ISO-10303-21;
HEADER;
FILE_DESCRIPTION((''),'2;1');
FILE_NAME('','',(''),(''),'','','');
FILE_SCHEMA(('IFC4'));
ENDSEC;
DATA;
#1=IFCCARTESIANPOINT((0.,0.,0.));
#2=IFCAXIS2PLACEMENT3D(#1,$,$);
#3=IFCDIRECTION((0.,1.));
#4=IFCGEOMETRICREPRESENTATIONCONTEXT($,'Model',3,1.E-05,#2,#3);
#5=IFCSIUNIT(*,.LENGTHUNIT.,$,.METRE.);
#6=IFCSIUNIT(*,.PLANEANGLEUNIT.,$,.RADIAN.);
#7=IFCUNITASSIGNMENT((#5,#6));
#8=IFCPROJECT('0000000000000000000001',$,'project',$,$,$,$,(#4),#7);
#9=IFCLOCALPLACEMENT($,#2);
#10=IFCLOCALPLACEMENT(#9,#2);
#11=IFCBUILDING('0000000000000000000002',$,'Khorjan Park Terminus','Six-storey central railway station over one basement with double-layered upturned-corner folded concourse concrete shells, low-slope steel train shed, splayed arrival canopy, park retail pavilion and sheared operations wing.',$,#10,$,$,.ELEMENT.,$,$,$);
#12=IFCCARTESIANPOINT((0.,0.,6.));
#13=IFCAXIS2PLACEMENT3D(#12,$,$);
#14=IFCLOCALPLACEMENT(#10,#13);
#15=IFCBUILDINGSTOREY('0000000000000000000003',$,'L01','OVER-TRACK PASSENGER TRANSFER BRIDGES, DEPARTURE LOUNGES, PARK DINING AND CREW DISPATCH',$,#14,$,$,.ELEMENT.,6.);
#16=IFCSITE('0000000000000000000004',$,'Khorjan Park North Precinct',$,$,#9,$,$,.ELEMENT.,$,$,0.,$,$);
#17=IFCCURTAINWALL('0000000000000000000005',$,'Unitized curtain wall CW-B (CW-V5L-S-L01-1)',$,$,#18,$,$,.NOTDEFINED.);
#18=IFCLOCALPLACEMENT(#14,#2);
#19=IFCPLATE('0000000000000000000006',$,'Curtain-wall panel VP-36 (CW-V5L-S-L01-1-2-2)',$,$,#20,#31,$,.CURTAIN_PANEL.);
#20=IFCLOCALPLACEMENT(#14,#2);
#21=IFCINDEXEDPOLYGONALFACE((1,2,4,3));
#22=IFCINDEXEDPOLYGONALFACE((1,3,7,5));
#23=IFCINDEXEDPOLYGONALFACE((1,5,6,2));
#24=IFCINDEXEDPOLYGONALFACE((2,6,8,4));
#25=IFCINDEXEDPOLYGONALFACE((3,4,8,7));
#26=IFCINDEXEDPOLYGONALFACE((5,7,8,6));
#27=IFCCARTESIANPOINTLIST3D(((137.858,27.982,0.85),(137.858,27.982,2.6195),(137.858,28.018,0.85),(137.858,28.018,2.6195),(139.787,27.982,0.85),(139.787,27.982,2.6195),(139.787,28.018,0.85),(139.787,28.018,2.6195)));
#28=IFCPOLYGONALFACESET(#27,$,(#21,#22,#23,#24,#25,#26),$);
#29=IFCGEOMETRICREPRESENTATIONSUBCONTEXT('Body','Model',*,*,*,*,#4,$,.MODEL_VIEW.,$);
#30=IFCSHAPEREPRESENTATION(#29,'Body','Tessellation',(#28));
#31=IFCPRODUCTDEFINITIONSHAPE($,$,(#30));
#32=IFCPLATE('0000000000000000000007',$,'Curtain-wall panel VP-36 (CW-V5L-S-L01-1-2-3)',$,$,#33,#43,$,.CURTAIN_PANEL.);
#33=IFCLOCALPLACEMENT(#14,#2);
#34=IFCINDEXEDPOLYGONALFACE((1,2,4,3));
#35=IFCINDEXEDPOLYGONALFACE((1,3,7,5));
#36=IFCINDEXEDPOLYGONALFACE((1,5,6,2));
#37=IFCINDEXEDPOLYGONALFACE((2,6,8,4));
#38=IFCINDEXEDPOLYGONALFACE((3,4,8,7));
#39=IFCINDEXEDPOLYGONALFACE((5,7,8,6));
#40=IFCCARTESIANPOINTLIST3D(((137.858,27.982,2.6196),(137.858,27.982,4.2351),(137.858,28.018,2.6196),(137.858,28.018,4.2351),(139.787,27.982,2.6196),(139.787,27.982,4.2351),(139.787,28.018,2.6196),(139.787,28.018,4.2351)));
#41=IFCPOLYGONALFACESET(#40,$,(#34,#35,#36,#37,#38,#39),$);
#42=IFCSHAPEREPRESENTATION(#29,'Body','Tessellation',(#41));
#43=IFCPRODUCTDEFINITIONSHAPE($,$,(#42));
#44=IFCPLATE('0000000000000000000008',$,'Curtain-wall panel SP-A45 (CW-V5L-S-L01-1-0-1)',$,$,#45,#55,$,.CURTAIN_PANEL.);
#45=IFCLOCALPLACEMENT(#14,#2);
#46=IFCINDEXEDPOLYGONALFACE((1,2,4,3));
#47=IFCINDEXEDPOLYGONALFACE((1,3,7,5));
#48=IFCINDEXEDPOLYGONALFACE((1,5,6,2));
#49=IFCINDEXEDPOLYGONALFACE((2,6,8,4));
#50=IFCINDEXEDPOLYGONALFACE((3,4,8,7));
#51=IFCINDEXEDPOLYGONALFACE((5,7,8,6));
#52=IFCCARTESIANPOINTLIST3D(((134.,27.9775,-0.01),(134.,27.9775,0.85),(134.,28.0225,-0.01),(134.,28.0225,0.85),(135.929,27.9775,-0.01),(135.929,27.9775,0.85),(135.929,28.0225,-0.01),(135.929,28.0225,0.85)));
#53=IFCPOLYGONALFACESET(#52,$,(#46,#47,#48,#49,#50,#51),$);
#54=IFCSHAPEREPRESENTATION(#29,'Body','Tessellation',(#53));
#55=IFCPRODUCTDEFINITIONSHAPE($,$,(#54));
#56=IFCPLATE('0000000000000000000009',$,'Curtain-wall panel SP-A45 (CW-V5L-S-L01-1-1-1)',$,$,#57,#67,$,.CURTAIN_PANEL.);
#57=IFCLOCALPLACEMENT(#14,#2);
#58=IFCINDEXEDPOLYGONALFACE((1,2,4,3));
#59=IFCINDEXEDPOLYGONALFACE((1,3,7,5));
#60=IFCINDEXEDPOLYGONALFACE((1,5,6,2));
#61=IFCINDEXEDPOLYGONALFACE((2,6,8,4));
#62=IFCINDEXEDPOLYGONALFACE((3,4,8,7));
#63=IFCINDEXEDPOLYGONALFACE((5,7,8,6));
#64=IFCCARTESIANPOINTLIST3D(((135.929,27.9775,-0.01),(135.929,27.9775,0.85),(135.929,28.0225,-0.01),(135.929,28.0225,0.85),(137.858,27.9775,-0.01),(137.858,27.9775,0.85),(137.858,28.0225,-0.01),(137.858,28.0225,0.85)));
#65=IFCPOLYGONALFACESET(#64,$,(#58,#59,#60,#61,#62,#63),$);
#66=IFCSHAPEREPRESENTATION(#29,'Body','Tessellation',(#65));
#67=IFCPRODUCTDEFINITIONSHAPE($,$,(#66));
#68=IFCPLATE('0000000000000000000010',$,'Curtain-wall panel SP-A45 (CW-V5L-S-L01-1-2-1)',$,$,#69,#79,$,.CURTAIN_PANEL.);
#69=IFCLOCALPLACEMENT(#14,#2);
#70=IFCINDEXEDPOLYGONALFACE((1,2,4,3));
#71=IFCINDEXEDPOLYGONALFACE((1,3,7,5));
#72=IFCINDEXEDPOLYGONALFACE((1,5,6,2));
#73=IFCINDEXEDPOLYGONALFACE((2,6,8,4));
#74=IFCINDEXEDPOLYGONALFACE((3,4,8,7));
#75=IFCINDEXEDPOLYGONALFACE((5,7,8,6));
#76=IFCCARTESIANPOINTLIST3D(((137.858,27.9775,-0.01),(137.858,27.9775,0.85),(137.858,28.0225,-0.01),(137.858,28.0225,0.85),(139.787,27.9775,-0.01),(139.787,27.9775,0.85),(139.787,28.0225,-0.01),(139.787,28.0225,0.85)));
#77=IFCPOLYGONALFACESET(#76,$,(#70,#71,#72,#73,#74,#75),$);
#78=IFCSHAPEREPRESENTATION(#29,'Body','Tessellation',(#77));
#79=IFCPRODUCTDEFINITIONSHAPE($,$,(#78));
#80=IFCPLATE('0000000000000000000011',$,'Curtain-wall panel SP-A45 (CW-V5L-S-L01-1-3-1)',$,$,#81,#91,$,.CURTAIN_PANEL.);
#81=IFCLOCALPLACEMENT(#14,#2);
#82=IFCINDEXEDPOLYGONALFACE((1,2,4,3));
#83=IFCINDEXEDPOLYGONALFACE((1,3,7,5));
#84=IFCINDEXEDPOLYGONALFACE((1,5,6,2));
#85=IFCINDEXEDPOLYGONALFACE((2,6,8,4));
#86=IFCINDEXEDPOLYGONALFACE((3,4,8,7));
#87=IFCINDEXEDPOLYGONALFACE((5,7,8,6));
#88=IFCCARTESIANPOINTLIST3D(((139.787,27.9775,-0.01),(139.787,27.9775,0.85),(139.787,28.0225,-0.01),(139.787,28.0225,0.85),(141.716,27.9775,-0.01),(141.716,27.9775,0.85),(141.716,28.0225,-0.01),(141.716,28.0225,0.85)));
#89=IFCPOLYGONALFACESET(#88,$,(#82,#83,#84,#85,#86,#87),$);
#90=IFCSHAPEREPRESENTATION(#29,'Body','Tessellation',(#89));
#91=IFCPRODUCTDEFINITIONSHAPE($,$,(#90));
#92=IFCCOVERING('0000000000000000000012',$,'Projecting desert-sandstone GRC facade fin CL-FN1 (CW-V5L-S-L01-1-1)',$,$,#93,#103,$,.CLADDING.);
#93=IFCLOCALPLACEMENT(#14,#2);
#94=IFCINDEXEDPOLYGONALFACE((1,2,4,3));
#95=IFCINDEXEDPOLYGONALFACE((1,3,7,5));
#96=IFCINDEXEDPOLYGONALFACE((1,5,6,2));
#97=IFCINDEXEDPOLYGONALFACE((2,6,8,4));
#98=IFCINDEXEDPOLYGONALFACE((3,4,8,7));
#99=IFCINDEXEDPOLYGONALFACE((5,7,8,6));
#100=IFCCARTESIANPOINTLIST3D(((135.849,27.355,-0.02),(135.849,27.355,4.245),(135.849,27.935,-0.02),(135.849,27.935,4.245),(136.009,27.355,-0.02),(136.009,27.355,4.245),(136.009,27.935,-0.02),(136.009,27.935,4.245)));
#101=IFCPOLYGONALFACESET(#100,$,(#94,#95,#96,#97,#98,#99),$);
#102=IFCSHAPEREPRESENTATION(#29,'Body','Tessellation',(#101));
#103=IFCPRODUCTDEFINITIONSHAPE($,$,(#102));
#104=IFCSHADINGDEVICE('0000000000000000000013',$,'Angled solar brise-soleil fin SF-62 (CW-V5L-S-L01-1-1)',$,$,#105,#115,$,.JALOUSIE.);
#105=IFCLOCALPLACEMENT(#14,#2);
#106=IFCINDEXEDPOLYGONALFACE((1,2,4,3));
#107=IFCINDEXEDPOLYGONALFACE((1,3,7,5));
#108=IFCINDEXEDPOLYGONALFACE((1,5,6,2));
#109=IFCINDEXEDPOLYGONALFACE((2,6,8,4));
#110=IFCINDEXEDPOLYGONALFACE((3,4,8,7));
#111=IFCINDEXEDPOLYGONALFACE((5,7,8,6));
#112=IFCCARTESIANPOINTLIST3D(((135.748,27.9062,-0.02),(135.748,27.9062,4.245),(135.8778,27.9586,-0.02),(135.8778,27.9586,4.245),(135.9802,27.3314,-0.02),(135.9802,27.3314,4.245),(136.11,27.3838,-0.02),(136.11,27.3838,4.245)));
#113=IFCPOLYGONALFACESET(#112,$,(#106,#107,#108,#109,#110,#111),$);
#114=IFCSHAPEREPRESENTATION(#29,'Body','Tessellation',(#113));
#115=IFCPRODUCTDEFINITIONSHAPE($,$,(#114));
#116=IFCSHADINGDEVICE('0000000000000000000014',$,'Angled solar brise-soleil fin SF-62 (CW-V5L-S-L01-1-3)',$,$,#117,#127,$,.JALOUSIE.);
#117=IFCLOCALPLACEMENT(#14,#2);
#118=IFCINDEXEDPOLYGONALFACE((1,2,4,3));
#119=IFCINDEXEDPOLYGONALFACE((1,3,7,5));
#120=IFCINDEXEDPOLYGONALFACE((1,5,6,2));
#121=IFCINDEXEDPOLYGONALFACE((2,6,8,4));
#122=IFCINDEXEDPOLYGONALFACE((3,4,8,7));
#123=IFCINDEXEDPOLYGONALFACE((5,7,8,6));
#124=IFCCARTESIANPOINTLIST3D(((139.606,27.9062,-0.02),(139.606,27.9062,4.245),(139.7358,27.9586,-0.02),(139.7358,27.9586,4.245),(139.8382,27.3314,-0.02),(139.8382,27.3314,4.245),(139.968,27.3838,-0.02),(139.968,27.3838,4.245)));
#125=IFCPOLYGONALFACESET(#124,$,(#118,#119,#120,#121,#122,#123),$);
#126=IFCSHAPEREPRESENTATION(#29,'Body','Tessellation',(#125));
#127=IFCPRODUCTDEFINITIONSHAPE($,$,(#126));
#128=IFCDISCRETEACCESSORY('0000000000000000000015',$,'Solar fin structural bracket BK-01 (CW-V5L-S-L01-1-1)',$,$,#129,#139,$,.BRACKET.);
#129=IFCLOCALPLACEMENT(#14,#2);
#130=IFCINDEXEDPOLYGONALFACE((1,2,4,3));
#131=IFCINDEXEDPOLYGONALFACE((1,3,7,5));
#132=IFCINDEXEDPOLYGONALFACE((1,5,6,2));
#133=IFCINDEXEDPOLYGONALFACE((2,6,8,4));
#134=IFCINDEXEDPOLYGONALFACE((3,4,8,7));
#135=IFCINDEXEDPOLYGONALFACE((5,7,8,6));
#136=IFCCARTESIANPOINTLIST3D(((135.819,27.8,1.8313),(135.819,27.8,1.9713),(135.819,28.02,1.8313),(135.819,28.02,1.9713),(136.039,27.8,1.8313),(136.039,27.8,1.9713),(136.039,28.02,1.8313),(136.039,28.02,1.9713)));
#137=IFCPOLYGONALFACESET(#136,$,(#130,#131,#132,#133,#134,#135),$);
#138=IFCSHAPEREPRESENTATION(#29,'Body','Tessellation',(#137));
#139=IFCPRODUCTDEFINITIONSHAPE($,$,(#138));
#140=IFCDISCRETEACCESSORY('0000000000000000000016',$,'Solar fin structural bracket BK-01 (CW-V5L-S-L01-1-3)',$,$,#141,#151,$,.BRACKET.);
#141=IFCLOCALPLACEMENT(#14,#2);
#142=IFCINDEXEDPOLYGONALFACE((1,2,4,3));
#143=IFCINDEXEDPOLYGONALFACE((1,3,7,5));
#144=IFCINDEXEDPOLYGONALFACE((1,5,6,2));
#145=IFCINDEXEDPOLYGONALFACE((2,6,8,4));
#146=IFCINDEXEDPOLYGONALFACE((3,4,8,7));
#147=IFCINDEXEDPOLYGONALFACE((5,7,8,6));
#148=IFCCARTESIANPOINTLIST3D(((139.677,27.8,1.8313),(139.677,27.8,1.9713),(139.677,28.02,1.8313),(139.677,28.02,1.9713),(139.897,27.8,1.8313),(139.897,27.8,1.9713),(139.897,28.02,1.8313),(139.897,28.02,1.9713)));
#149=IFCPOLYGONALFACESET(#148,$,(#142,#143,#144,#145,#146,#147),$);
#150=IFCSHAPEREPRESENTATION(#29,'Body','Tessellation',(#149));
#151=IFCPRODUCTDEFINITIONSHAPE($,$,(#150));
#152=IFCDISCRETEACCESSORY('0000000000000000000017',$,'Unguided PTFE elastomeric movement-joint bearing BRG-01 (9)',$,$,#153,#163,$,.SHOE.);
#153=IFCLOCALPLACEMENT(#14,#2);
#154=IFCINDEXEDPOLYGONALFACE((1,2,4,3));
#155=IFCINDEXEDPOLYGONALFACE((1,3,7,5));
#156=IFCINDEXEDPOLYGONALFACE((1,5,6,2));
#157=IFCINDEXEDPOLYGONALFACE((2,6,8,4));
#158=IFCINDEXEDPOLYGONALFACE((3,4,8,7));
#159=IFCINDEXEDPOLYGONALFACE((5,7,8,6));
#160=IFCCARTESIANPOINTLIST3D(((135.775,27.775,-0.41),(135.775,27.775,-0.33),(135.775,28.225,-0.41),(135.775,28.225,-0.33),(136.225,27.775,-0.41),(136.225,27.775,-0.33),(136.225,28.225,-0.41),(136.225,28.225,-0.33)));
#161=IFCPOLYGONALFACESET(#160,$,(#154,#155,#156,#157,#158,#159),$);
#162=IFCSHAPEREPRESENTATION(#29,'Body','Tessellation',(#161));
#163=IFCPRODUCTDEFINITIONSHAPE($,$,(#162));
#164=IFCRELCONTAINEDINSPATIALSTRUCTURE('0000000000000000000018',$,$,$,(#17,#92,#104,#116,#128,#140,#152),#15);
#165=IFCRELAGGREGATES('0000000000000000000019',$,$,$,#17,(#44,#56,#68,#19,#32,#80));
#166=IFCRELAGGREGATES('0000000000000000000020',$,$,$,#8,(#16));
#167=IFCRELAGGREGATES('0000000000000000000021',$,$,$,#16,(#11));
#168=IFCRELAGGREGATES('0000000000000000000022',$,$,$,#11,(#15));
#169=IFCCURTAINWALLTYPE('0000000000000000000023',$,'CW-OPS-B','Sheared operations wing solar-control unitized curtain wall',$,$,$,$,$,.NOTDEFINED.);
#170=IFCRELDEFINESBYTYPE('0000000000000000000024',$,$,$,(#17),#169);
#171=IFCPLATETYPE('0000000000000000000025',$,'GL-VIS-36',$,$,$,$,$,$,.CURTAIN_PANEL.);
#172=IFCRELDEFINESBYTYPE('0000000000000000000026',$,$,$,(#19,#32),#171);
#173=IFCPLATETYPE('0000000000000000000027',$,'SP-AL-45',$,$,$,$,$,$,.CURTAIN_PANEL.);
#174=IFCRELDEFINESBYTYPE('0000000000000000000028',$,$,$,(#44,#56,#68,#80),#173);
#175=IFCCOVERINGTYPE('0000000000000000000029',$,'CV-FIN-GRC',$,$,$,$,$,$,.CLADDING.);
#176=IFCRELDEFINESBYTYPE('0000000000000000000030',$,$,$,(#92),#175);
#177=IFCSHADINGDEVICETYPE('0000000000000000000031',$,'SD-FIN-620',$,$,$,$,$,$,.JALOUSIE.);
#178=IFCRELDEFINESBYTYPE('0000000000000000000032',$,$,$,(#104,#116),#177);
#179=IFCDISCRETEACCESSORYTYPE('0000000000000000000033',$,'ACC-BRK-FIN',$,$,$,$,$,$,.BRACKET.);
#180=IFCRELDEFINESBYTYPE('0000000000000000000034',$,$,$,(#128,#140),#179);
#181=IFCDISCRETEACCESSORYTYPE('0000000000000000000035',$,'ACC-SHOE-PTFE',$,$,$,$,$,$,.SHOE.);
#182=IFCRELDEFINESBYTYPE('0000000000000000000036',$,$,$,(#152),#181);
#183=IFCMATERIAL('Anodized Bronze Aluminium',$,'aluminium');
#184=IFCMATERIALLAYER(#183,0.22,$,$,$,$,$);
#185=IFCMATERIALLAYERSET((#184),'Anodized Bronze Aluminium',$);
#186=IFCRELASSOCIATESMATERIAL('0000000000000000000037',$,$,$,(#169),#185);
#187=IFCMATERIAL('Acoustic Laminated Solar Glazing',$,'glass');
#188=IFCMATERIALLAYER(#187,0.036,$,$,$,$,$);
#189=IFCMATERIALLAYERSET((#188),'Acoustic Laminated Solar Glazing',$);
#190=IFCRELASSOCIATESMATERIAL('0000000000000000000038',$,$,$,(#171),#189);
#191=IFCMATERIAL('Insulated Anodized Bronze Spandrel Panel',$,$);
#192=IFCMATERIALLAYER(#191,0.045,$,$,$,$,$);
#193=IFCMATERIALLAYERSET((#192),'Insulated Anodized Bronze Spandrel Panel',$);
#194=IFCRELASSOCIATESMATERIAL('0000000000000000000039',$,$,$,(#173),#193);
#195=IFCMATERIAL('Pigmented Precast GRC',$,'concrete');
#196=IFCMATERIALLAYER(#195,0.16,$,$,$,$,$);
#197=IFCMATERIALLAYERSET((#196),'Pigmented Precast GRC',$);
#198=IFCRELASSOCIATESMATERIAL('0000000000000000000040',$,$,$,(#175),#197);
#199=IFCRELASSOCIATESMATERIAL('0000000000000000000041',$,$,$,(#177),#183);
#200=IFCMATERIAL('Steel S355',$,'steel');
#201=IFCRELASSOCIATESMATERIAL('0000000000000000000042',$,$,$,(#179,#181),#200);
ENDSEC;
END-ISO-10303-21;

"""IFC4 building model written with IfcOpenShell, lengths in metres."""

from ifc_helpers import new_model, si_unit, direction, frame, origin, origin_2d, place, context, subcontext, project, spatial, rectangle, extrude, material, layer, layer_set, type_object, element, aggregate, save


model = new_model("IFC4")

# Units and contexts
model_context = context("Model", 3, precision=1e-05, world=origin(), true_north=direction((0.0, 1.0)))
body_context = subcontext(model_context, "Body", "Model", "MODEL_VIEW")
ifc_project = project(units=[si_unit("LENGTHUNIT", "METRE"), si_unit("PLANEANGLEUNIT", "RADIAN")], contexts=[model_context])

# Site, building, storey
site_placement = place(None, origin())
site = spatial("IfcSite", under=ifc_project, at=site_placement, Name="Khorjan Park North Precinct", CompositionType="ELEMENT", RefElevation=0.0)
building_placement = place(site_placement, origin())
building = spatial("IfcBuilding", under=site, at=building_placement, Name="Khorjan Park Terminus", Description="Six-storey central railway station over one basement with double-layered upturned-corner folded concourse concrete shells, low-slope steel train shed, splayed arrival canopy, park retail pavilion and sheared operations wing.", CompositionType="ELEMENT")
storey_placement = place(building_placement, frame((0.0, 0.0, 6.0)))
storey = spatial("IfcBuildingStorey", under=building, at=storey_placement, Name="L01", Description="OVER-TRACK PASSENGER TRANSFER BRIDGES, DEPARTURE LOUNGES, PARK DINING AND CREW DISPATCH", CompositionType="ELEMENT", Elevation=6.0)

# Curtain wall
ifc_material_1 = material(Name="Anodized Bronze Aluminium", Category="aluminium")
ifc_layer_1 = layer(ifc_material_1, 0.22)
ifc_layer_set_1 = layer_set([ifc_layer_1], Name="Anodized Bronze Aluminium")
curtain_wall_type = type_object("IfcCurtainWallType", Name="CW-OPS-B", Description="Sheared operations wing solar-control unitized curtain wall", PredefinedType="NOTDEFINED", material=ifc_layer_set_1)
curtain_wall_placement = place(storey_placement, origin())
curtain_wall = element("IfcCurtainWall", 1, at=curtain_wall_placement, inside=storey, type_object=curtain_wall_type, Name="Unitized curtain wall CW-B (CW-V5L-S-L01-1)", PredefinedType="NOTDEFINED")

# Plates
ifc_material_2 = material(Name="Acoustic Laminated Solar Glazing", Category="glass")
ifc_layer_2 = layer(ifc_material_2, 0.036)
ifc_layer_set_2 = layer_set([ifc_layer_2], Name="Acoustic Laminated Solar Glazing")
plate_type_1 = type_object("IfcPlateType", Name="GL-VIS-36", PredefinedType="CURTAIN_PANEL", material=ifc_layer_set_2)
plate_1_placement = place(storey_placement, frame((138.8225, 28.0, 0.85), z_axis=(0.0, 0.0, 1.0), x_axis=(1.0, 0.0, 0.0)))
plate_1 = element("IfcPlate", 2, at=plate_1_placement, type_object=plate_type_1, Name="Curtain-wall panel VP-36 (CW-V5L-S-L01-1-2-2)", PredefinedType="CURTAIN_PANEL", context=body_context, shape_type="SweptSolid", body=[
    extrude(rectangle(XDim=1.929, YDim=0.036, at=origin_2d()), origin(), (0.0, 0.0, 1.0), 1.7695),
])
plate_2_placement = place(storey_placement, frame((138.8225, 28.0, 2.6196), z_axis=(0.0, 0.0, 1.0), x_axis=(1.0, 0.0, 0.0)))
plate_2 = element("IfcPlate", 3, at=plate_2_placement, type_object=plate_type_1, Name="Curtain-wall panel VP-36 (CW-V5L-S-L01-1-2-3)", PredefinedType="CURTAIN_PANEL", context=body_context, shape_type="SweptSolid", body=[
    extrude(rectangle(XDim=1.929, YDim=0.036, at=origin_2d()), origin(), (0.0, 0.0, 1.0), 1.6155),
])
ifc_material_3 = material(Name="Insulated Anodized Bronze Spandrel Panel")
ifc_layer_3 = layer(ifc_material_3, 0.045)
ifc_layer_set_3 = layer_set([ifc_layer_3], Name="Insulated Anodized Bronze Spandrel Panel")
plate_type_2 = type_object("IfcPlateType", Name="SP-AL-45", PredefinedType="CURTAIN_PANEL", material=ifc_layer_set_3)
plate_3_placement = place(storey_placement, frame((134.9645, 28.0, -0.01), z_axis=(0.0, 0.0, 1.0), x_axis=(1.0, 0.0, 0.0)))
plate_3 = element("IfcPlate", 4, at=plate_3_placement, type_object=plate_type_2, Name="Curtain-wall panel SP-A45 (CW-V5L-S-L01-1-0-1)", PredefinedType="CURTAIN_PANEL", context=body_context, shape_type="SweptSolid", body=[
    extrude(rectangle(XDim=1.929, YDim=0.045, at=origin_2d()), origin(), (0.0, 0.0, 1.0), 0.86),
])
plate_4_placement = place(storey_placement, frame((136.8935, 28.0, -0.01), z_axis=(0.0, 0.0, 1.0), x_axis=(1.0, 0.0, 0.0)))
plate_4 = element("IfcPlate", 5, at=plate_4_placement, type_object=plate_type_2, Name="Curtain-wall panel SP-A45 (CW-V5L-S-L01-1-1-1)", PredefinedType="CURTAIN_PANEL", context=body_context, shape_type="SweptSolid", body=[
    extrude(rectangle(XDim=1.929, YDim=0.045, at=origin_2d()), origin(), (0.0, 0.0, 1.0), 0.86),
])
plate_5_placement = place(storey_placement, frame((138.8225, 28.0, -0.01), z_axis=(0.0, 0.0, 1.0), x_axis=(1.0, 0.0, 0.0)))
plate_5 = element("IfcPlate", 6, at=plate_5_placement, type_object=plate_type_2, Name="Curtain-wall panel SP-A45 (CW-V5L-S-L01-1-2-1)", PredefinedType="CURTAIN_PANEL", context=body_context, shape_type="SweptSolid", body=[
    extrude(rectangle(XDim=1.929, YDim=0.045, at=origin_2d()), origin(), (0.0, 0.0, 1.0), 0.86),
])
plate_6_placement = place(storey_placement, frame((140.7515, 28.0, -0.01), z_axis=(0.0, 0.0, 1.0), x_axis=(1.0, 0.0, 0.0)))
plate_6 = element("IfcPlate", 7, at=plate_6_placement, type_object=plate_type_2, Name="Curtain-wall panel SP-A45 (CW-V5L-S-L01-1-3-1)", PredefinedType="CURTAIN_PANEL", context=body_context, shape_type="SweptSolid", body=[
    extrude(rectangle(XDim=1.929, YDim=0.045, at=origin_2d()), origin(), (0.0, 0.0, 1.0), 0.86),
])
aggregate(curtain_wall, [plate_3, plate_4, plate_5, plate_1, plate_2, plate_6])

# Covering
ifc_material_4 = material(Name="Pigmented Precast GRC", Category="concrete")
ifc_layer_4 = layer(ifc_material_4, 0.16)
ifc_layer_set_4 = layer_set([ifc_layer_4], Name="Pigmented Precast GRC")
covering_type = type_object("IfcCoveringType", Name="CV-FIN-GRC", PredefinedType="CLADDING", material=ifc_layer_set_4)
covering_placement = place(storey_placement, frame((135.929, 27.645, -0.02), z_axis=(0.0, 0.0, 1.0), x_axis=(0.0, 1.0, 0.0)))
element("IfcCovering", 8, at=covering_placement, inside=storey, type_object=covering_type, Name="Projecting desert-sandstone GRC facade fin CL-FN1 (CW-V5L-S-L01-1-1)", PredefinedType="CLADDING", context=body_context, shape_type="SweptSolid", body=[
    extrude(rectangle(XDim=0.58, YDim=0.16, at=origin_2d()), origin(), (0.0, 0.0, 1.0), 4.265),
])

# Shading devices
shading_device_type = type_object("IfcShadingDeviceType", Name="SD-FIN-620", PredefinedType="JALOUSIE", material=ifc_material_1)
for number, where, z_axis, x_axis, name in (
    (9, (135.929, 27.645, -0.02), (0.0, 0.0, 1.0), (-0.374607, 0.927184, 0.0), "Angled solar brise-soleil fin SF-62 (CW-V5L-S-L01-1-1)"),
    (10, (139.787, 27.645, -0.02), (0.0, 0.0, 1.0), (-0.374607, 0.927184, 0.0), "Angled solar brise-soleil fin SF-62 (CW-V5L-S-L01-1-3)"),
):
    element("IfcShadingDevice", number, at=place(storey_placement, frame(where, z_axis=z_axis, x_axis=x_axis)), inside=storey, type_object=shading_device_type, Name=name, PredefinedType="JALOUSIE", context=body_context, shape_type="SweptSolid", body=[
        extrude(rectangle(XDim=0.62, YDim=0.14, at=origin_2d()), origin(), (0.0, 0.0, 1.0), 4.265),
    ])

# Discrete accessories
ifc_material_5 = material(Name="Steel S355", Category="steel")
discrete_accessory_type_1 = type_object("IfcDiscreteAccessoryType", Name="ACC-BRK-FIN", PredefinedType="BRACKET", material=ifc_material_5)
for number, where, z_axis, x_axis, name in (
    (11, (135.929, 27.91, 1.8313), (0.0, 0.0, 1.0), (1.0, 0.0, 0.0), "Solar fin structural bracket BK-01 (CW-V5L-S-L01-1-1)"),
    (12, (139.787, 27.91, 1.8313), (0.0, 0.0, 1.0), (1.0, 0.0, 0.0), "Solar fin structural bracket BK-01 (CW-V5L-S-L01-1-3)"),
):
    element("IfcDiscreteAccessory", number, at=place(storey_placement, frame(where, z_axis=z_axis, x_axis=x_axis)), inside=storey, type_object=discrete_accessory_type_1, Name=name, PredefinedType="BRACKET", context=body_context, shape_type="SweptSolid", body=[
        extrude(rectangle(XDim=0.22, YDim=0.22, at=origin_2d()), origin(), (0.0, 0.0, 1.0), 0.14),
    ])
discrete_accessory_type_2 = type_object("IfcDiscreteAccessoryType", Name="ACC-SHOE-PTFE", PredefinedType="SHOE", material=ifc_material_5)
discrete_accessory_placement = place(storey_placement, frame((136.0, 28.0, -0.41), z_axis=(0.0, 0.0, 1.0), x_axis=(1.0, 0.0, 0.0)))
element("IfcDiscreteAccessory", 13, at=discrete_accessory_placement, inside=storey, type_object=discrete_accessory_type_2, Name="Unguided PTFE elastomeric movement-joint bearing BRG-01 (9)", PredefinedType="SHOE", context=body_context, shape_type="SweptSolid", body=[
    extrude(rectangle(XDim=0.45, YDim=0.45, at=origin_2d()), origin(), (0.0, 0.0, 1.0), 0.08),
])

save(model, "model.ifc")
